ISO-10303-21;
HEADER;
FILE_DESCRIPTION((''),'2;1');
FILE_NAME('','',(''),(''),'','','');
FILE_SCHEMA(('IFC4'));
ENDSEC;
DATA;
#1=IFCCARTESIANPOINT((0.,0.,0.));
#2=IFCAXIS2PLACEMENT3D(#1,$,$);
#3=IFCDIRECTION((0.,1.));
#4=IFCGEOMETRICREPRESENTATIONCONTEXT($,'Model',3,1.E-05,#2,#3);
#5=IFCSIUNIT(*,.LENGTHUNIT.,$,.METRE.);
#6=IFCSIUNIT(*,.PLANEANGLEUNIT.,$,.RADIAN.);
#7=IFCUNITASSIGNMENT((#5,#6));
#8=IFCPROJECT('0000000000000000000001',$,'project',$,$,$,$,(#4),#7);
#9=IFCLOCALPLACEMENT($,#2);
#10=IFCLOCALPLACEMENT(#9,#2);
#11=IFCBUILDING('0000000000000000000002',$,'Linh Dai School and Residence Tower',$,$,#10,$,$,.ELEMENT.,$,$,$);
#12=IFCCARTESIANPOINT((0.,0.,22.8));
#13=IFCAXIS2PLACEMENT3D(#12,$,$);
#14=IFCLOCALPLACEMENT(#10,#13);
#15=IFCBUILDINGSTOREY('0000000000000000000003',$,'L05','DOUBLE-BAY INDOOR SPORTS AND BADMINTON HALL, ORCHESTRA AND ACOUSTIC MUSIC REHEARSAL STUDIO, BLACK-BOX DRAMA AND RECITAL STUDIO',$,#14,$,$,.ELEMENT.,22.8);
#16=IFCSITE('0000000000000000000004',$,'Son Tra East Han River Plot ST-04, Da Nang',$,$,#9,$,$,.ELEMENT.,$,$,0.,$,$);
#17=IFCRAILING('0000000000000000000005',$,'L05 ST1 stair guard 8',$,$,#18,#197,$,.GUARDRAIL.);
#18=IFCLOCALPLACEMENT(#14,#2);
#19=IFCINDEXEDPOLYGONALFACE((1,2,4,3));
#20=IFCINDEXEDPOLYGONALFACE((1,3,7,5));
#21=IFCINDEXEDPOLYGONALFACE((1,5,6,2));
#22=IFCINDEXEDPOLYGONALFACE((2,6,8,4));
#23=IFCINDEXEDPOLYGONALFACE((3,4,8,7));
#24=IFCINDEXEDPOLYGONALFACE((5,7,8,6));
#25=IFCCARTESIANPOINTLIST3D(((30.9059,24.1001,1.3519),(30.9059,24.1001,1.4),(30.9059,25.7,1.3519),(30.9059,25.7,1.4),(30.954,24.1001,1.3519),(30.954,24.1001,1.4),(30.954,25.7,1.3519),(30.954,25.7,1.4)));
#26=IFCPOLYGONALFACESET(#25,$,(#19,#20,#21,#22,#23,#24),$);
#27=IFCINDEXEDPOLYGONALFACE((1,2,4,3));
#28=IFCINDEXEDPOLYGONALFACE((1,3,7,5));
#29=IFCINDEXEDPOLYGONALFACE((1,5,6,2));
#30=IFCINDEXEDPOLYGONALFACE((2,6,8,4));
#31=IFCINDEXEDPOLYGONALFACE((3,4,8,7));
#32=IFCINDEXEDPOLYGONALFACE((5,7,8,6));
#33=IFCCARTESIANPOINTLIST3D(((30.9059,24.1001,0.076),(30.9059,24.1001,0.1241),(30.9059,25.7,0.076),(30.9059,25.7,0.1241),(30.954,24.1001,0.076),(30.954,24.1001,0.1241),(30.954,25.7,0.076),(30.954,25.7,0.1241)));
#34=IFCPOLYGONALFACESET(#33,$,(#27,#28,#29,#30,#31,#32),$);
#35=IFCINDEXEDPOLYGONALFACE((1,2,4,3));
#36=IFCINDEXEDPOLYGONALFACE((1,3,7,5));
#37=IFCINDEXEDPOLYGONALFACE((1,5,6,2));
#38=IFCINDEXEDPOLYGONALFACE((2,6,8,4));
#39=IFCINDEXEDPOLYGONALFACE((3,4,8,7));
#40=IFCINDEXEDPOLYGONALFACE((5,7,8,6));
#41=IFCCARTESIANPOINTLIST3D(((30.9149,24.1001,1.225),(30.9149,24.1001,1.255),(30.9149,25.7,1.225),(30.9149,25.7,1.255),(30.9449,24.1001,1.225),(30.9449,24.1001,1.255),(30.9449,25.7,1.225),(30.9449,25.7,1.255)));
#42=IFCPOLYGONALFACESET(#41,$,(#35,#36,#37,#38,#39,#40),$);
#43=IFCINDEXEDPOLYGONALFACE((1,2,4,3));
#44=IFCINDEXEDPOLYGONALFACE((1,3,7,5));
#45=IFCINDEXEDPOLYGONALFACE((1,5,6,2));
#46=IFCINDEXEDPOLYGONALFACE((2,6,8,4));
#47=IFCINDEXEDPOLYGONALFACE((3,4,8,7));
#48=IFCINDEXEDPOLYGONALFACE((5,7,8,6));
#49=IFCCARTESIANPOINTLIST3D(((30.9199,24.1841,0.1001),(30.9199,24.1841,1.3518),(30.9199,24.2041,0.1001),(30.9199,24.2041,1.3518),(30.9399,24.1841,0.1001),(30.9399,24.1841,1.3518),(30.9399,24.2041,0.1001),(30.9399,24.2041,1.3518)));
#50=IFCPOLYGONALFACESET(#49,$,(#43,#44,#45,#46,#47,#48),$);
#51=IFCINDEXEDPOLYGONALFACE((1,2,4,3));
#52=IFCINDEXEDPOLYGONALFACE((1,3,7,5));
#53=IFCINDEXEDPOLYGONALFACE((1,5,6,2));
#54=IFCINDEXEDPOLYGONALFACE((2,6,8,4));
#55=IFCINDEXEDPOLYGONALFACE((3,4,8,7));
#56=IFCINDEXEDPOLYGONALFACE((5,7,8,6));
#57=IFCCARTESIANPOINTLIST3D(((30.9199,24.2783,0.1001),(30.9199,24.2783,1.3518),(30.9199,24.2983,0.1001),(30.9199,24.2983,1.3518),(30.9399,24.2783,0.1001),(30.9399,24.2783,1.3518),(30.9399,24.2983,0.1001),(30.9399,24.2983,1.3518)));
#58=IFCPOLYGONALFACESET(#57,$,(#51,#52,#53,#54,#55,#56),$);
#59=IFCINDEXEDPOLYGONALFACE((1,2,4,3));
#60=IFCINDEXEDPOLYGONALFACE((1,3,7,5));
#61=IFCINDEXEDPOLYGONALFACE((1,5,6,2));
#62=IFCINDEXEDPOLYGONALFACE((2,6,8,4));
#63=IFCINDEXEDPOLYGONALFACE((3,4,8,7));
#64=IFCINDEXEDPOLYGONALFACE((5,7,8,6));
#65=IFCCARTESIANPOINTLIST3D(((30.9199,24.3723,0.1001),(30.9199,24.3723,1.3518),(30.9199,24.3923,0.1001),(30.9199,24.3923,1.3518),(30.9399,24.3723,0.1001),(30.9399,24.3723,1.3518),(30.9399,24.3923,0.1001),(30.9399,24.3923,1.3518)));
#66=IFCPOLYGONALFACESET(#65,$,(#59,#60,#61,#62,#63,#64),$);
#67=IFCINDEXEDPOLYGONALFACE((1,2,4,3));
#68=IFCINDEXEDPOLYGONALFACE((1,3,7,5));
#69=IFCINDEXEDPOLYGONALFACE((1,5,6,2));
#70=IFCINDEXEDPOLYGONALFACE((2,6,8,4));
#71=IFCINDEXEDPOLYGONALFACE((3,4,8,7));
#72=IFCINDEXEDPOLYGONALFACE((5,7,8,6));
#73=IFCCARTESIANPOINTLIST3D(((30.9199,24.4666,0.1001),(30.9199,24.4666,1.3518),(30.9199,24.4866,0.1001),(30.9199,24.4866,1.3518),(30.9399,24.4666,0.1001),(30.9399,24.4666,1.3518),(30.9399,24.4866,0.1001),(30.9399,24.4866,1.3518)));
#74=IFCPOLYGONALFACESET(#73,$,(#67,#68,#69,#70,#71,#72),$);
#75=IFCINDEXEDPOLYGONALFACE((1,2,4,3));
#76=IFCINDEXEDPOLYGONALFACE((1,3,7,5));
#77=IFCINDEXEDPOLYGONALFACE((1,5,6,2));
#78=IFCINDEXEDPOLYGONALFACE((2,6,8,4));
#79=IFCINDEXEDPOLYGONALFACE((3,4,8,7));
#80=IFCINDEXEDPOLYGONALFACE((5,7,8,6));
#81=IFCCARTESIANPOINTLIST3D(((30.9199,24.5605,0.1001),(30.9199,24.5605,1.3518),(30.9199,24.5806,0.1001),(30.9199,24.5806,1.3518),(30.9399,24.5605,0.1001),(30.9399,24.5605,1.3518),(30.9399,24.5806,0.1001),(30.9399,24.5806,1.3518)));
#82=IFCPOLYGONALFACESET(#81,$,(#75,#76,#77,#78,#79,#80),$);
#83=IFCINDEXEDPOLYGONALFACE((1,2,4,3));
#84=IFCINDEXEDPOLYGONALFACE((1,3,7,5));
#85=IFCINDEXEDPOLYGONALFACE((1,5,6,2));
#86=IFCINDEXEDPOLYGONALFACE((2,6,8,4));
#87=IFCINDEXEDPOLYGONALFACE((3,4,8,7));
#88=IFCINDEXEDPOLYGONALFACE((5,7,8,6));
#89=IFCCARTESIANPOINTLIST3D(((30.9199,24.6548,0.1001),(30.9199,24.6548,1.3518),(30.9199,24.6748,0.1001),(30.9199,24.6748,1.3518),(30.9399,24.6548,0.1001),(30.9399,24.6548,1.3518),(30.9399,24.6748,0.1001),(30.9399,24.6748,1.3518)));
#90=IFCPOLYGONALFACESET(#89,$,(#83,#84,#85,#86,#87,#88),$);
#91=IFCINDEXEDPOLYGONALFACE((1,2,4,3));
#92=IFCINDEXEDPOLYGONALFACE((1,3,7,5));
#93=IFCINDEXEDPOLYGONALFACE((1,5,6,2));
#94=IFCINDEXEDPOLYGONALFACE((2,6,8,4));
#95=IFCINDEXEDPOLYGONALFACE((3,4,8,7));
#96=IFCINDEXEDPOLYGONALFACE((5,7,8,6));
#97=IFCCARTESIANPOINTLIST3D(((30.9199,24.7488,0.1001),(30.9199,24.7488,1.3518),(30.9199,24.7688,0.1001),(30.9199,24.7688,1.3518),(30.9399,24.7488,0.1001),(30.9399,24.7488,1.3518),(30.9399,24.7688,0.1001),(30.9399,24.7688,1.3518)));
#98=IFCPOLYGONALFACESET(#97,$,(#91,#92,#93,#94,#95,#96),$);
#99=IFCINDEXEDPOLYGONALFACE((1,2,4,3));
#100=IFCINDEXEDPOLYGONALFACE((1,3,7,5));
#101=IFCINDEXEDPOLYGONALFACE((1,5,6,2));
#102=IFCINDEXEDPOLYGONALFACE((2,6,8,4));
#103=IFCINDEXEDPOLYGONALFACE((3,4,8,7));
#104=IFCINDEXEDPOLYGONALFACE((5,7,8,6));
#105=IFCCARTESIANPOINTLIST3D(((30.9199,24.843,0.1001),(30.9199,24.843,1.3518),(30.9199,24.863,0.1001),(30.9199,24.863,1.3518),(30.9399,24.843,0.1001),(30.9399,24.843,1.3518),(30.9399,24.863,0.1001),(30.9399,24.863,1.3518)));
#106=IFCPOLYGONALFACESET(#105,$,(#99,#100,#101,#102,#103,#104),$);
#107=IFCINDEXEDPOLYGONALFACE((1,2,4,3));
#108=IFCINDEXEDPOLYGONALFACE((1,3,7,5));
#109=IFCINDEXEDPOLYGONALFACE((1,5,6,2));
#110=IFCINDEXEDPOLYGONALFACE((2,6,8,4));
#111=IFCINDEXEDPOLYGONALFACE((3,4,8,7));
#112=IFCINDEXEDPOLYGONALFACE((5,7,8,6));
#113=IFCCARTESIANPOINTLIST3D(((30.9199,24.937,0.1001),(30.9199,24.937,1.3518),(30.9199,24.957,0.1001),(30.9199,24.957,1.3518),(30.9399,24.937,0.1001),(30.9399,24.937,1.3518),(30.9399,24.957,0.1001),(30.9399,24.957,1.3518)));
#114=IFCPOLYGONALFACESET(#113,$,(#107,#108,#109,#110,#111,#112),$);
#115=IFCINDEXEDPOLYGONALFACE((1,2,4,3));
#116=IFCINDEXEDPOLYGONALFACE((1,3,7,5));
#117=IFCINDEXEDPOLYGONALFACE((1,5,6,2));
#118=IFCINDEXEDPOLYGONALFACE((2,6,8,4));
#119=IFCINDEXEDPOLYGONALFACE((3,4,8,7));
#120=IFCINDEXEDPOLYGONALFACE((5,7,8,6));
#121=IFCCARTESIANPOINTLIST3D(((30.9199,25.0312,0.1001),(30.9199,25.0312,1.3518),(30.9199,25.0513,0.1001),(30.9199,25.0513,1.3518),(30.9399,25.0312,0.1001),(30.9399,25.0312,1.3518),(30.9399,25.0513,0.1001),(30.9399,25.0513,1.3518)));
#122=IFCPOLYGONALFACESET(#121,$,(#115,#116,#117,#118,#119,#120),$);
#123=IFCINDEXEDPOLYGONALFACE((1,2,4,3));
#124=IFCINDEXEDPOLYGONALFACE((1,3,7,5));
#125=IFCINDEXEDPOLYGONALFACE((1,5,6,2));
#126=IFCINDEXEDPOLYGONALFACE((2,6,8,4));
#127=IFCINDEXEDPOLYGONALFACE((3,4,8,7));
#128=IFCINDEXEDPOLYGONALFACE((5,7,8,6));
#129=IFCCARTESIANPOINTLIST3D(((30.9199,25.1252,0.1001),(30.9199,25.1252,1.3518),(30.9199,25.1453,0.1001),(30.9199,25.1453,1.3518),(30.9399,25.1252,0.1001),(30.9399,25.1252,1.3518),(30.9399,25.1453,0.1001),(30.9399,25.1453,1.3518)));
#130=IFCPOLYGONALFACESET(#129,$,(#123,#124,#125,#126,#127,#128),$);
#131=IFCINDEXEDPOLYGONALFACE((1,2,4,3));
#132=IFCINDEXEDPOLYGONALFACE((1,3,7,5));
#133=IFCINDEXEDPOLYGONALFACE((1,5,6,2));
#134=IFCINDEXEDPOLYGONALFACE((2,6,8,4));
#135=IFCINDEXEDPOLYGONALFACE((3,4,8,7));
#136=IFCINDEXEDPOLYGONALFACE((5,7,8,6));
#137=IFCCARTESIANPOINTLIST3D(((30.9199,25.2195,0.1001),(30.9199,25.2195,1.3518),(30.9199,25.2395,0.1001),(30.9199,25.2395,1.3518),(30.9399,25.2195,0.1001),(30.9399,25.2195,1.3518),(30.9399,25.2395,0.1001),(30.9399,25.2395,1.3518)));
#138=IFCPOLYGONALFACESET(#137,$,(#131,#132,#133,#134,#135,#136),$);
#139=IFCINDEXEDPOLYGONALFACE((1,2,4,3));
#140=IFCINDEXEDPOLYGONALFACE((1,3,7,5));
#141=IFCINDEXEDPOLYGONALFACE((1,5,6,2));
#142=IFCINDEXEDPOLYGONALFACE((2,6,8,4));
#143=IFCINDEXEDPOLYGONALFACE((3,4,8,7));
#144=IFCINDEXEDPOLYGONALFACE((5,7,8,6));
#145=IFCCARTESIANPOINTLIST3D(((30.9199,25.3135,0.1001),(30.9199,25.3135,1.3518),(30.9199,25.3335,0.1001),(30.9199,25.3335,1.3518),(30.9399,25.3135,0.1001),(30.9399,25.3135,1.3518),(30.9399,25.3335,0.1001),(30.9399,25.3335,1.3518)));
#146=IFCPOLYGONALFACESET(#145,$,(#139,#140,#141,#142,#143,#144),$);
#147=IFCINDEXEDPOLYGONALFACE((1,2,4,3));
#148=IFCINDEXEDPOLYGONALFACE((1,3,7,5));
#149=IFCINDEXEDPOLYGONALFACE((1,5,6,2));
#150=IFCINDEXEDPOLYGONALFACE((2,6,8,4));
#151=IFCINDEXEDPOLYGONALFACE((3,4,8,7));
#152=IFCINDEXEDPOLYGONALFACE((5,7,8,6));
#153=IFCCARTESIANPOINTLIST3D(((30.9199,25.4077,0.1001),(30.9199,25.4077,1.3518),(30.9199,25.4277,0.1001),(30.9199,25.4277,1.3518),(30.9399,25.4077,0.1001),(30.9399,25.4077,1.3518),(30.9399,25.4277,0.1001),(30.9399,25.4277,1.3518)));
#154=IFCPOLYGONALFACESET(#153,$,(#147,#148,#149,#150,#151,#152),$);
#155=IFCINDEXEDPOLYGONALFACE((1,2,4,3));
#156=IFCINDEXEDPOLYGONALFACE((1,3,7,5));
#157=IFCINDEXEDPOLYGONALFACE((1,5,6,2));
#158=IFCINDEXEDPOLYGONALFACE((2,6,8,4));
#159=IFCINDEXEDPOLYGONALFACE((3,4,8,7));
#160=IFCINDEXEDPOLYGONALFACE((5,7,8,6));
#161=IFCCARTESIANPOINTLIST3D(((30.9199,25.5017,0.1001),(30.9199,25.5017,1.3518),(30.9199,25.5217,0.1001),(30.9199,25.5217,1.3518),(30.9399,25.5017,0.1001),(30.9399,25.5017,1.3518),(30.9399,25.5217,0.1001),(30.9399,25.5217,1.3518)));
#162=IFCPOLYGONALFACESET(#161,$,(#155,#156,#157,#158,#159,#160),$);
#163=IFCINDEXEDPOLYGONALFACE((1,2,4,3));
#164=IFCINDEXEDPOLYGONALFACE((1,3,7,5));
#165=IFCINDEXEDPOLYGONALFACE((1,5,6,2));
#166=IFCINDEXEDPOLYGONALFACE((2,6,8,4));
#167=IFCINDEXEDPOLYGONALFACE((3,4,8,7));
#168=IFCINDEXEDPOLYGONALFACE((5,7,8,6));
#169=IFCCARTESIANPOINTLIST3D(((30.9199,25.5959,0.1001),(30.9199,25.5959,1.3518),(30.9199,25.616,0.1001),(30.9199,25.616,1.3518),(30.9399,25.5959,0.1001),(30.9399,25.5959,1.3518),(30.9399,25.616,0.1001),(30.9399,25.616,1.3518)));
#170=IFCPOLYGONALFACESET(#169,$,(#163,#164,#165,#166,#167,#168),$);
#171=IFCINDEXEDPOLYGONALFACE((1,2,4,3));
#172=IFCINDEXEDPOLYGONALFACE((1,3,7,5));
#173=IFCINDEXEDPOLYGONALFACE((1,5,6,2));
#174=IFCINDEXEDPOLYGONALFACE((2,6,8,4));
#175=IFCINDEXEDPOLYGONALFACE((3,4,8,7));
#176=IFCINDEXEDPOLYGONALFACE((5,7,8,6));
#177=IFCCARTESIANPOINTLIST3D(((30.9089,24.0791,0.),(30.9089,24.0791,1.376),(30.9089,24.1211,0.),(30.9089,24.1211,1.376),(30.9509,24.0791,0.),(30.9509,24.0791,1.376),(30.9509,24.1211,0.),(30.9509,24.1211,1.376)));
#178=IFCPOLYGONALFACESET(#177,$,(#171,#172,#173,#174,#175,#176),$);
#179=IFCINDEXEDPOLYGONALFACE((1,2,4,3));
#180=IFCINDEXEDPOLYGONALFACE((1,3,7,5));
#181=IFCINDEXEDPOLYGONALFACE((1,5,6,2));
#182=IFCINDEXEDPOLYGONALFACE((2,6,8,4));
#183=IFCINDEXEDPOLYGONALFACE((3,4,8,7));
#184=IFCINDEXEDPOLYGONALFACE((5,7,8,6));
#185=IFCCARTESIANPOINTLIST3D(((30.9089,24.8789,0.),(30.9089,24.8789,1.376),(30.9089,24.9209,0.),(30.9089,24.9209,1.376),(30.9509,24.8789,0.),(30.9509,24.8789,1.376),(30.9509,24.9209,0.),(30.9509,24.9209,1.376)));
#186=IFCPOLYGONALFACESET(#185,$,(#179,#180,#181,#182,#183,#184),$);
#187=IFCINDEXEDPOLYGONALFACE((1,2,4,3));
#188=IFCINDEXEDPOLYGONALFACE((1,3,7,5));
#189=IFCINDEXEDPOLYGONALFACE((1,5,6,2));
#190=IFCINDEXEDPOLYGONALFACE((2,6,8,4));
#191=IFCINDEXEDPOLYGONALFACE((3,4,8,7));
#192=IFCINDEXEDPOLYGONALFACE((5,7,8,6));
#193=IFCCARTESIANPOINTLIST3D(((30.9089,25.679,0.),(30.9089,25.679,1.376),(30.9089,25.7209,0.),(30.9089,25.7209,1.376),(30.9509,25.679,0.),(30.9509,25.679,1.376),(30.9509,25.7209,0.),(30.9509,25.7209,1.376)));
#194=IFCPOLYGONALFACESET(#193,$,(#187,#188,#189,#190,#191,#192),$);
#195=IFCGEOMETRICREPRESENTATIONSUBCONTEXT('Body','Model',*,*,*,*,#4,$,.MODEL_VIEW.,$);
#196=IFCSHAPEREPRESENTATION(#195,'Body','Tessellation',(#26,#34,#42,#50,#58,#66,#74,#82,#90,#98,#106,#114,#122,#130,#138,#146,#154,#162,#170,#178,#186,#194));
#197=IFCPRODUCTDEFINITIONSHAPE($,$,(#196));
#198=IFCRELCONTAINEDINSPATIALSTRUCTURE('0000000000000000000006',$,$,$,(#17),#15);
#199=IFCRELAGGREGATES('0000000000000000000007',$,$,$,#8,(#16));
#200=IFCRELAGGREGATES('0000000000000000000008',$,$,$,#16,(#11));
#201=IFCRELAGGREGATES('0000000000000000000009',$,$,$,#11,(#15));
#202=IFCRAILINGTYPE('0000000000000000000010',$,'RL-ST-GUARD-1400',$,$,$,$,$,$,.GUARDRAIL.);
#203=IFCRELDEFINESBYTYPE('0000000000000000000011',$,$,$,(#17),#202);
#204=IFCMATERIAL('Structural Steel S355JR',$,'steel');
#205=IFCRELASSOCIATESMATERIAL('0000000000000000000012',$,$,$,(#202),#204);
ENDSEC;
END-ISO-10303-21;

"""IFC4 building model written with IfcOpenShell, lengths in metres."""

from ifc_helpers import new_model, si_unit, direction, frame, origin, origin_2d, place, context, subcontext, project, spatial, rectangle, extrude, source, transform, mapped, material, type_object, element, save


model = new_model("IFC4")

# Units and contexts
model_context = context("Model", 3, precision=1e-05, world=origin(), true_north=direction((0.0, 1.0)))
body_context = subcontext(model_context, "Body", "Model", "MODEL_VIEW")
ifc_project = project(units=[si_unit("LENGTHUNIT", "METRE"), si_unit("PLANEANGLEUNIT", "RADIAN")], contexts=[model_context])

# Site, building, storey
site_placement = place(None, origin())
site = spatial("IfcSite", under=ifc_project, at=site_placement, Name="Son Tra East Han River Plot ST-04, Da Nang", CompositionType="ELEMENT", RefElevation=0.0)
building_placement = place(site_placement, origin())
building = spatial("IfcBuilding", under=site, at=building_placement, Name="Linh Dai School and Residence Tower", CompositionType="ELEMENT")
storey_placement = place(building_placement, frame((0.0, 0.0, 22.8)))
storey = spatial("IfcBuildingStorey", under=building, at=storey_placement, Name="L05", Description="DOUBLE-BAY INDOOR SPORTS AND BADMINTON HALL, ORCHESTRA AND ACOUSTIC MUSIC REHEARSAL STUDIO, BLACK-BOX DRAMA AND RECITAL STUDIO", CompositionType="ELEMENT", Elevation=22.8)

# Shared definitions
ifc_material_1 = material(Name="Structural Steel S355JR", Category="steel")

# Railing
railing_type_1 = type_object("IfcRailingType", Name="RL-ST-GUARD-1400", PredefinedType="GUARDRAIL", material=ifc_material_1)
shared_shape_1 = source(origin(), body_context, "Body", "SweptSolid", [
    extrude(rectangle(XDim=0.0481, YDim=0.0481, at=origin_2d()), frame((0.0, 0.0, 1.376), z_axis=(0.0, 1.0, 0.0), x_axis=(-1.0, 0.0, 0.0)), (0.0, 0.0, 1.0), 1.5999),
    extrude(rectangle(XDim=0.0481, YDim=0.0481, at=origin_2d()), frame((0.0, 0.0, 0.1001), z_axis=(0.0, 1.0, 0.0), x_axis=(-1.0, 0.0, 0.0)), (0.0, 0.0, 1.0), 1.5999),
    extrude(rectangle(XDim=0.03, YDim=0.03, at=origin_2d()), frame((0.0, 0.0, 1.24), z_axis=(0.0, 1.0, 0.0), x_axis=(-1.0, 0.0, 0.0)), (0.0, 0.0, 1.0), 1.5999),
    extrude(rectangle(XDim=0.02, YDim=0.02, at=origin_2d()), frame((0.0, 0.094, 0.1001)), (0.0, 0.0, 1.0), 1.2517),
    extrude(rectangle(XDim=0.02, YDim=0.02, at=origin_2d()), frame((0.0, 0.1882, 0.1001)), (0.0, 0.0, 1.0), 1.2517),
    extrude(rectangle(XDim=0.02, YDim=0.02, at=origin_2d()), frame((0.0, 0.2822, 0.1001)), (0.0, 0.0, 1.0), 1.2517),
    extrude(rectangle(XDim=0.02, YDim=0.02, at=origin_2d()), frame((0.0, 0.3765, 0.1001)), (0.0, 0.0, 1.0), 1.2517),
    extrude(rectangle(XDim=0.02, YDim=0.02, at=origin_2d()), frame((0.0, 0.4705, 0.1001)), (0.0, 0.0, 1.0), 1.2517),
    extrude(rectangle(XDim=0.02, YDim=0.02, at=origin_2d()), frame((0.0, 0.5647, 0.1001)), (0.0, 0.0, 1.0), 1.2517),
    extrude(rectangle(XDim=0.02, YDim=0.02, at=origin_2d()), frame((0.0, 0.6587, 0.1001)), (0.0, 0.0, 1.0), 1.2517),
    extrude(rectangle(XDim=0.02, YDim=0.02, at=origin_2d()), frame((0.0, 0.7529, 0.1001)), (0.0, 0.0, 1.0), 1.2517),
    extrude(rectangle(XDim=0.02, YDim=0.02, at=origin_2d()), frame((0.0, 0.8469, 0.1001)), (0.0, 0.0, 1.0), 1.2517),
    extrude(rectangle(XDim=0.02, YDim=0.02, at=origin_2d()), frame((0.0, 0.9412, 0.1001)), (0.0, 0.0, 1.0), 1.2517),
    extrude(rectangle(XDim=0.02, YDim=0.02, at=origin_2d()), frame((0.0, 1.0352, 0.1001)), (0.0, 0.0, 1.0), 1.2517),
    extrude(rectangle(XDim=0.02, YDim=0.02, at=origin_2d()), frame((0.0, 1.1294, 0.1001)), (0.0, 0.0, 1.0), 1.2517),
    extrude(rectangle(XDim=0.02, YDim=0.02, at=origin_2d()), frame((0.0, 1.2234, 0.1001)), (0.0, 0.0, 1.0), 1.2517),
    extrude(rectangle(XDim=0.02, YDim=0.02, at=origin_2d()), frame((0.0, 1.3176, 0.1001)), (0.0, 0.0, 1.0), 1.2517),
    extrude(rectangle(XDim=0.02, YDim=0.02, at=origin_2d()), frame((0.0, 1.4116, 0.1001)), (0.0, 0.0, 1.0), 1.2517),
    extrude(rectangle(XDim=0.02, YDim=0.02, at=origin_2d()), frame((0.0, 1.5059, 0.1001)), (0.0, 0.0, 1.0), 1.2517),
    extrude(rectangle(XDim=0.042, YDim=0.042, at=origin_2d()), origin(), (0.0, 0.0, 1.0), 1.376),
    extrude(rectangle(XDim=0.042, YDim=0.042, at=origin_2d()), frame((0.0, 0.7998, 0.0)), (0.0, 0.0, 1.0), 1.376),
    extrude(rectangle(XDim=0.042, YDim=0.042, at=origin_2d()), frame((0.0, 1.5999, 0.0)), (0.0, 0.0, 1.0), 1.376),
])
railing_1_placement = place(storey_placement, frame((30.9299, 24.1001, 0.0)))
element("IfcRailing", 1, at=railing_1_placement, inside=storey, type_object=railing_type_1, Name="L05 ST1 stair guard 8", PredefinedType="GUARDRAIL", context=body_context, shape_type="MappedRepresentation", body=[
    mapped(shared_shape_1, transform((0.0, 0.0, 0.0), x_axis=(1.0, 0.0, 0.0), y_axis=(0.0, 1.0, 0.0), z_axis=(0.0, 0.0, 1.0), scale=1.0)),
])

save(model, "model.ifc")
